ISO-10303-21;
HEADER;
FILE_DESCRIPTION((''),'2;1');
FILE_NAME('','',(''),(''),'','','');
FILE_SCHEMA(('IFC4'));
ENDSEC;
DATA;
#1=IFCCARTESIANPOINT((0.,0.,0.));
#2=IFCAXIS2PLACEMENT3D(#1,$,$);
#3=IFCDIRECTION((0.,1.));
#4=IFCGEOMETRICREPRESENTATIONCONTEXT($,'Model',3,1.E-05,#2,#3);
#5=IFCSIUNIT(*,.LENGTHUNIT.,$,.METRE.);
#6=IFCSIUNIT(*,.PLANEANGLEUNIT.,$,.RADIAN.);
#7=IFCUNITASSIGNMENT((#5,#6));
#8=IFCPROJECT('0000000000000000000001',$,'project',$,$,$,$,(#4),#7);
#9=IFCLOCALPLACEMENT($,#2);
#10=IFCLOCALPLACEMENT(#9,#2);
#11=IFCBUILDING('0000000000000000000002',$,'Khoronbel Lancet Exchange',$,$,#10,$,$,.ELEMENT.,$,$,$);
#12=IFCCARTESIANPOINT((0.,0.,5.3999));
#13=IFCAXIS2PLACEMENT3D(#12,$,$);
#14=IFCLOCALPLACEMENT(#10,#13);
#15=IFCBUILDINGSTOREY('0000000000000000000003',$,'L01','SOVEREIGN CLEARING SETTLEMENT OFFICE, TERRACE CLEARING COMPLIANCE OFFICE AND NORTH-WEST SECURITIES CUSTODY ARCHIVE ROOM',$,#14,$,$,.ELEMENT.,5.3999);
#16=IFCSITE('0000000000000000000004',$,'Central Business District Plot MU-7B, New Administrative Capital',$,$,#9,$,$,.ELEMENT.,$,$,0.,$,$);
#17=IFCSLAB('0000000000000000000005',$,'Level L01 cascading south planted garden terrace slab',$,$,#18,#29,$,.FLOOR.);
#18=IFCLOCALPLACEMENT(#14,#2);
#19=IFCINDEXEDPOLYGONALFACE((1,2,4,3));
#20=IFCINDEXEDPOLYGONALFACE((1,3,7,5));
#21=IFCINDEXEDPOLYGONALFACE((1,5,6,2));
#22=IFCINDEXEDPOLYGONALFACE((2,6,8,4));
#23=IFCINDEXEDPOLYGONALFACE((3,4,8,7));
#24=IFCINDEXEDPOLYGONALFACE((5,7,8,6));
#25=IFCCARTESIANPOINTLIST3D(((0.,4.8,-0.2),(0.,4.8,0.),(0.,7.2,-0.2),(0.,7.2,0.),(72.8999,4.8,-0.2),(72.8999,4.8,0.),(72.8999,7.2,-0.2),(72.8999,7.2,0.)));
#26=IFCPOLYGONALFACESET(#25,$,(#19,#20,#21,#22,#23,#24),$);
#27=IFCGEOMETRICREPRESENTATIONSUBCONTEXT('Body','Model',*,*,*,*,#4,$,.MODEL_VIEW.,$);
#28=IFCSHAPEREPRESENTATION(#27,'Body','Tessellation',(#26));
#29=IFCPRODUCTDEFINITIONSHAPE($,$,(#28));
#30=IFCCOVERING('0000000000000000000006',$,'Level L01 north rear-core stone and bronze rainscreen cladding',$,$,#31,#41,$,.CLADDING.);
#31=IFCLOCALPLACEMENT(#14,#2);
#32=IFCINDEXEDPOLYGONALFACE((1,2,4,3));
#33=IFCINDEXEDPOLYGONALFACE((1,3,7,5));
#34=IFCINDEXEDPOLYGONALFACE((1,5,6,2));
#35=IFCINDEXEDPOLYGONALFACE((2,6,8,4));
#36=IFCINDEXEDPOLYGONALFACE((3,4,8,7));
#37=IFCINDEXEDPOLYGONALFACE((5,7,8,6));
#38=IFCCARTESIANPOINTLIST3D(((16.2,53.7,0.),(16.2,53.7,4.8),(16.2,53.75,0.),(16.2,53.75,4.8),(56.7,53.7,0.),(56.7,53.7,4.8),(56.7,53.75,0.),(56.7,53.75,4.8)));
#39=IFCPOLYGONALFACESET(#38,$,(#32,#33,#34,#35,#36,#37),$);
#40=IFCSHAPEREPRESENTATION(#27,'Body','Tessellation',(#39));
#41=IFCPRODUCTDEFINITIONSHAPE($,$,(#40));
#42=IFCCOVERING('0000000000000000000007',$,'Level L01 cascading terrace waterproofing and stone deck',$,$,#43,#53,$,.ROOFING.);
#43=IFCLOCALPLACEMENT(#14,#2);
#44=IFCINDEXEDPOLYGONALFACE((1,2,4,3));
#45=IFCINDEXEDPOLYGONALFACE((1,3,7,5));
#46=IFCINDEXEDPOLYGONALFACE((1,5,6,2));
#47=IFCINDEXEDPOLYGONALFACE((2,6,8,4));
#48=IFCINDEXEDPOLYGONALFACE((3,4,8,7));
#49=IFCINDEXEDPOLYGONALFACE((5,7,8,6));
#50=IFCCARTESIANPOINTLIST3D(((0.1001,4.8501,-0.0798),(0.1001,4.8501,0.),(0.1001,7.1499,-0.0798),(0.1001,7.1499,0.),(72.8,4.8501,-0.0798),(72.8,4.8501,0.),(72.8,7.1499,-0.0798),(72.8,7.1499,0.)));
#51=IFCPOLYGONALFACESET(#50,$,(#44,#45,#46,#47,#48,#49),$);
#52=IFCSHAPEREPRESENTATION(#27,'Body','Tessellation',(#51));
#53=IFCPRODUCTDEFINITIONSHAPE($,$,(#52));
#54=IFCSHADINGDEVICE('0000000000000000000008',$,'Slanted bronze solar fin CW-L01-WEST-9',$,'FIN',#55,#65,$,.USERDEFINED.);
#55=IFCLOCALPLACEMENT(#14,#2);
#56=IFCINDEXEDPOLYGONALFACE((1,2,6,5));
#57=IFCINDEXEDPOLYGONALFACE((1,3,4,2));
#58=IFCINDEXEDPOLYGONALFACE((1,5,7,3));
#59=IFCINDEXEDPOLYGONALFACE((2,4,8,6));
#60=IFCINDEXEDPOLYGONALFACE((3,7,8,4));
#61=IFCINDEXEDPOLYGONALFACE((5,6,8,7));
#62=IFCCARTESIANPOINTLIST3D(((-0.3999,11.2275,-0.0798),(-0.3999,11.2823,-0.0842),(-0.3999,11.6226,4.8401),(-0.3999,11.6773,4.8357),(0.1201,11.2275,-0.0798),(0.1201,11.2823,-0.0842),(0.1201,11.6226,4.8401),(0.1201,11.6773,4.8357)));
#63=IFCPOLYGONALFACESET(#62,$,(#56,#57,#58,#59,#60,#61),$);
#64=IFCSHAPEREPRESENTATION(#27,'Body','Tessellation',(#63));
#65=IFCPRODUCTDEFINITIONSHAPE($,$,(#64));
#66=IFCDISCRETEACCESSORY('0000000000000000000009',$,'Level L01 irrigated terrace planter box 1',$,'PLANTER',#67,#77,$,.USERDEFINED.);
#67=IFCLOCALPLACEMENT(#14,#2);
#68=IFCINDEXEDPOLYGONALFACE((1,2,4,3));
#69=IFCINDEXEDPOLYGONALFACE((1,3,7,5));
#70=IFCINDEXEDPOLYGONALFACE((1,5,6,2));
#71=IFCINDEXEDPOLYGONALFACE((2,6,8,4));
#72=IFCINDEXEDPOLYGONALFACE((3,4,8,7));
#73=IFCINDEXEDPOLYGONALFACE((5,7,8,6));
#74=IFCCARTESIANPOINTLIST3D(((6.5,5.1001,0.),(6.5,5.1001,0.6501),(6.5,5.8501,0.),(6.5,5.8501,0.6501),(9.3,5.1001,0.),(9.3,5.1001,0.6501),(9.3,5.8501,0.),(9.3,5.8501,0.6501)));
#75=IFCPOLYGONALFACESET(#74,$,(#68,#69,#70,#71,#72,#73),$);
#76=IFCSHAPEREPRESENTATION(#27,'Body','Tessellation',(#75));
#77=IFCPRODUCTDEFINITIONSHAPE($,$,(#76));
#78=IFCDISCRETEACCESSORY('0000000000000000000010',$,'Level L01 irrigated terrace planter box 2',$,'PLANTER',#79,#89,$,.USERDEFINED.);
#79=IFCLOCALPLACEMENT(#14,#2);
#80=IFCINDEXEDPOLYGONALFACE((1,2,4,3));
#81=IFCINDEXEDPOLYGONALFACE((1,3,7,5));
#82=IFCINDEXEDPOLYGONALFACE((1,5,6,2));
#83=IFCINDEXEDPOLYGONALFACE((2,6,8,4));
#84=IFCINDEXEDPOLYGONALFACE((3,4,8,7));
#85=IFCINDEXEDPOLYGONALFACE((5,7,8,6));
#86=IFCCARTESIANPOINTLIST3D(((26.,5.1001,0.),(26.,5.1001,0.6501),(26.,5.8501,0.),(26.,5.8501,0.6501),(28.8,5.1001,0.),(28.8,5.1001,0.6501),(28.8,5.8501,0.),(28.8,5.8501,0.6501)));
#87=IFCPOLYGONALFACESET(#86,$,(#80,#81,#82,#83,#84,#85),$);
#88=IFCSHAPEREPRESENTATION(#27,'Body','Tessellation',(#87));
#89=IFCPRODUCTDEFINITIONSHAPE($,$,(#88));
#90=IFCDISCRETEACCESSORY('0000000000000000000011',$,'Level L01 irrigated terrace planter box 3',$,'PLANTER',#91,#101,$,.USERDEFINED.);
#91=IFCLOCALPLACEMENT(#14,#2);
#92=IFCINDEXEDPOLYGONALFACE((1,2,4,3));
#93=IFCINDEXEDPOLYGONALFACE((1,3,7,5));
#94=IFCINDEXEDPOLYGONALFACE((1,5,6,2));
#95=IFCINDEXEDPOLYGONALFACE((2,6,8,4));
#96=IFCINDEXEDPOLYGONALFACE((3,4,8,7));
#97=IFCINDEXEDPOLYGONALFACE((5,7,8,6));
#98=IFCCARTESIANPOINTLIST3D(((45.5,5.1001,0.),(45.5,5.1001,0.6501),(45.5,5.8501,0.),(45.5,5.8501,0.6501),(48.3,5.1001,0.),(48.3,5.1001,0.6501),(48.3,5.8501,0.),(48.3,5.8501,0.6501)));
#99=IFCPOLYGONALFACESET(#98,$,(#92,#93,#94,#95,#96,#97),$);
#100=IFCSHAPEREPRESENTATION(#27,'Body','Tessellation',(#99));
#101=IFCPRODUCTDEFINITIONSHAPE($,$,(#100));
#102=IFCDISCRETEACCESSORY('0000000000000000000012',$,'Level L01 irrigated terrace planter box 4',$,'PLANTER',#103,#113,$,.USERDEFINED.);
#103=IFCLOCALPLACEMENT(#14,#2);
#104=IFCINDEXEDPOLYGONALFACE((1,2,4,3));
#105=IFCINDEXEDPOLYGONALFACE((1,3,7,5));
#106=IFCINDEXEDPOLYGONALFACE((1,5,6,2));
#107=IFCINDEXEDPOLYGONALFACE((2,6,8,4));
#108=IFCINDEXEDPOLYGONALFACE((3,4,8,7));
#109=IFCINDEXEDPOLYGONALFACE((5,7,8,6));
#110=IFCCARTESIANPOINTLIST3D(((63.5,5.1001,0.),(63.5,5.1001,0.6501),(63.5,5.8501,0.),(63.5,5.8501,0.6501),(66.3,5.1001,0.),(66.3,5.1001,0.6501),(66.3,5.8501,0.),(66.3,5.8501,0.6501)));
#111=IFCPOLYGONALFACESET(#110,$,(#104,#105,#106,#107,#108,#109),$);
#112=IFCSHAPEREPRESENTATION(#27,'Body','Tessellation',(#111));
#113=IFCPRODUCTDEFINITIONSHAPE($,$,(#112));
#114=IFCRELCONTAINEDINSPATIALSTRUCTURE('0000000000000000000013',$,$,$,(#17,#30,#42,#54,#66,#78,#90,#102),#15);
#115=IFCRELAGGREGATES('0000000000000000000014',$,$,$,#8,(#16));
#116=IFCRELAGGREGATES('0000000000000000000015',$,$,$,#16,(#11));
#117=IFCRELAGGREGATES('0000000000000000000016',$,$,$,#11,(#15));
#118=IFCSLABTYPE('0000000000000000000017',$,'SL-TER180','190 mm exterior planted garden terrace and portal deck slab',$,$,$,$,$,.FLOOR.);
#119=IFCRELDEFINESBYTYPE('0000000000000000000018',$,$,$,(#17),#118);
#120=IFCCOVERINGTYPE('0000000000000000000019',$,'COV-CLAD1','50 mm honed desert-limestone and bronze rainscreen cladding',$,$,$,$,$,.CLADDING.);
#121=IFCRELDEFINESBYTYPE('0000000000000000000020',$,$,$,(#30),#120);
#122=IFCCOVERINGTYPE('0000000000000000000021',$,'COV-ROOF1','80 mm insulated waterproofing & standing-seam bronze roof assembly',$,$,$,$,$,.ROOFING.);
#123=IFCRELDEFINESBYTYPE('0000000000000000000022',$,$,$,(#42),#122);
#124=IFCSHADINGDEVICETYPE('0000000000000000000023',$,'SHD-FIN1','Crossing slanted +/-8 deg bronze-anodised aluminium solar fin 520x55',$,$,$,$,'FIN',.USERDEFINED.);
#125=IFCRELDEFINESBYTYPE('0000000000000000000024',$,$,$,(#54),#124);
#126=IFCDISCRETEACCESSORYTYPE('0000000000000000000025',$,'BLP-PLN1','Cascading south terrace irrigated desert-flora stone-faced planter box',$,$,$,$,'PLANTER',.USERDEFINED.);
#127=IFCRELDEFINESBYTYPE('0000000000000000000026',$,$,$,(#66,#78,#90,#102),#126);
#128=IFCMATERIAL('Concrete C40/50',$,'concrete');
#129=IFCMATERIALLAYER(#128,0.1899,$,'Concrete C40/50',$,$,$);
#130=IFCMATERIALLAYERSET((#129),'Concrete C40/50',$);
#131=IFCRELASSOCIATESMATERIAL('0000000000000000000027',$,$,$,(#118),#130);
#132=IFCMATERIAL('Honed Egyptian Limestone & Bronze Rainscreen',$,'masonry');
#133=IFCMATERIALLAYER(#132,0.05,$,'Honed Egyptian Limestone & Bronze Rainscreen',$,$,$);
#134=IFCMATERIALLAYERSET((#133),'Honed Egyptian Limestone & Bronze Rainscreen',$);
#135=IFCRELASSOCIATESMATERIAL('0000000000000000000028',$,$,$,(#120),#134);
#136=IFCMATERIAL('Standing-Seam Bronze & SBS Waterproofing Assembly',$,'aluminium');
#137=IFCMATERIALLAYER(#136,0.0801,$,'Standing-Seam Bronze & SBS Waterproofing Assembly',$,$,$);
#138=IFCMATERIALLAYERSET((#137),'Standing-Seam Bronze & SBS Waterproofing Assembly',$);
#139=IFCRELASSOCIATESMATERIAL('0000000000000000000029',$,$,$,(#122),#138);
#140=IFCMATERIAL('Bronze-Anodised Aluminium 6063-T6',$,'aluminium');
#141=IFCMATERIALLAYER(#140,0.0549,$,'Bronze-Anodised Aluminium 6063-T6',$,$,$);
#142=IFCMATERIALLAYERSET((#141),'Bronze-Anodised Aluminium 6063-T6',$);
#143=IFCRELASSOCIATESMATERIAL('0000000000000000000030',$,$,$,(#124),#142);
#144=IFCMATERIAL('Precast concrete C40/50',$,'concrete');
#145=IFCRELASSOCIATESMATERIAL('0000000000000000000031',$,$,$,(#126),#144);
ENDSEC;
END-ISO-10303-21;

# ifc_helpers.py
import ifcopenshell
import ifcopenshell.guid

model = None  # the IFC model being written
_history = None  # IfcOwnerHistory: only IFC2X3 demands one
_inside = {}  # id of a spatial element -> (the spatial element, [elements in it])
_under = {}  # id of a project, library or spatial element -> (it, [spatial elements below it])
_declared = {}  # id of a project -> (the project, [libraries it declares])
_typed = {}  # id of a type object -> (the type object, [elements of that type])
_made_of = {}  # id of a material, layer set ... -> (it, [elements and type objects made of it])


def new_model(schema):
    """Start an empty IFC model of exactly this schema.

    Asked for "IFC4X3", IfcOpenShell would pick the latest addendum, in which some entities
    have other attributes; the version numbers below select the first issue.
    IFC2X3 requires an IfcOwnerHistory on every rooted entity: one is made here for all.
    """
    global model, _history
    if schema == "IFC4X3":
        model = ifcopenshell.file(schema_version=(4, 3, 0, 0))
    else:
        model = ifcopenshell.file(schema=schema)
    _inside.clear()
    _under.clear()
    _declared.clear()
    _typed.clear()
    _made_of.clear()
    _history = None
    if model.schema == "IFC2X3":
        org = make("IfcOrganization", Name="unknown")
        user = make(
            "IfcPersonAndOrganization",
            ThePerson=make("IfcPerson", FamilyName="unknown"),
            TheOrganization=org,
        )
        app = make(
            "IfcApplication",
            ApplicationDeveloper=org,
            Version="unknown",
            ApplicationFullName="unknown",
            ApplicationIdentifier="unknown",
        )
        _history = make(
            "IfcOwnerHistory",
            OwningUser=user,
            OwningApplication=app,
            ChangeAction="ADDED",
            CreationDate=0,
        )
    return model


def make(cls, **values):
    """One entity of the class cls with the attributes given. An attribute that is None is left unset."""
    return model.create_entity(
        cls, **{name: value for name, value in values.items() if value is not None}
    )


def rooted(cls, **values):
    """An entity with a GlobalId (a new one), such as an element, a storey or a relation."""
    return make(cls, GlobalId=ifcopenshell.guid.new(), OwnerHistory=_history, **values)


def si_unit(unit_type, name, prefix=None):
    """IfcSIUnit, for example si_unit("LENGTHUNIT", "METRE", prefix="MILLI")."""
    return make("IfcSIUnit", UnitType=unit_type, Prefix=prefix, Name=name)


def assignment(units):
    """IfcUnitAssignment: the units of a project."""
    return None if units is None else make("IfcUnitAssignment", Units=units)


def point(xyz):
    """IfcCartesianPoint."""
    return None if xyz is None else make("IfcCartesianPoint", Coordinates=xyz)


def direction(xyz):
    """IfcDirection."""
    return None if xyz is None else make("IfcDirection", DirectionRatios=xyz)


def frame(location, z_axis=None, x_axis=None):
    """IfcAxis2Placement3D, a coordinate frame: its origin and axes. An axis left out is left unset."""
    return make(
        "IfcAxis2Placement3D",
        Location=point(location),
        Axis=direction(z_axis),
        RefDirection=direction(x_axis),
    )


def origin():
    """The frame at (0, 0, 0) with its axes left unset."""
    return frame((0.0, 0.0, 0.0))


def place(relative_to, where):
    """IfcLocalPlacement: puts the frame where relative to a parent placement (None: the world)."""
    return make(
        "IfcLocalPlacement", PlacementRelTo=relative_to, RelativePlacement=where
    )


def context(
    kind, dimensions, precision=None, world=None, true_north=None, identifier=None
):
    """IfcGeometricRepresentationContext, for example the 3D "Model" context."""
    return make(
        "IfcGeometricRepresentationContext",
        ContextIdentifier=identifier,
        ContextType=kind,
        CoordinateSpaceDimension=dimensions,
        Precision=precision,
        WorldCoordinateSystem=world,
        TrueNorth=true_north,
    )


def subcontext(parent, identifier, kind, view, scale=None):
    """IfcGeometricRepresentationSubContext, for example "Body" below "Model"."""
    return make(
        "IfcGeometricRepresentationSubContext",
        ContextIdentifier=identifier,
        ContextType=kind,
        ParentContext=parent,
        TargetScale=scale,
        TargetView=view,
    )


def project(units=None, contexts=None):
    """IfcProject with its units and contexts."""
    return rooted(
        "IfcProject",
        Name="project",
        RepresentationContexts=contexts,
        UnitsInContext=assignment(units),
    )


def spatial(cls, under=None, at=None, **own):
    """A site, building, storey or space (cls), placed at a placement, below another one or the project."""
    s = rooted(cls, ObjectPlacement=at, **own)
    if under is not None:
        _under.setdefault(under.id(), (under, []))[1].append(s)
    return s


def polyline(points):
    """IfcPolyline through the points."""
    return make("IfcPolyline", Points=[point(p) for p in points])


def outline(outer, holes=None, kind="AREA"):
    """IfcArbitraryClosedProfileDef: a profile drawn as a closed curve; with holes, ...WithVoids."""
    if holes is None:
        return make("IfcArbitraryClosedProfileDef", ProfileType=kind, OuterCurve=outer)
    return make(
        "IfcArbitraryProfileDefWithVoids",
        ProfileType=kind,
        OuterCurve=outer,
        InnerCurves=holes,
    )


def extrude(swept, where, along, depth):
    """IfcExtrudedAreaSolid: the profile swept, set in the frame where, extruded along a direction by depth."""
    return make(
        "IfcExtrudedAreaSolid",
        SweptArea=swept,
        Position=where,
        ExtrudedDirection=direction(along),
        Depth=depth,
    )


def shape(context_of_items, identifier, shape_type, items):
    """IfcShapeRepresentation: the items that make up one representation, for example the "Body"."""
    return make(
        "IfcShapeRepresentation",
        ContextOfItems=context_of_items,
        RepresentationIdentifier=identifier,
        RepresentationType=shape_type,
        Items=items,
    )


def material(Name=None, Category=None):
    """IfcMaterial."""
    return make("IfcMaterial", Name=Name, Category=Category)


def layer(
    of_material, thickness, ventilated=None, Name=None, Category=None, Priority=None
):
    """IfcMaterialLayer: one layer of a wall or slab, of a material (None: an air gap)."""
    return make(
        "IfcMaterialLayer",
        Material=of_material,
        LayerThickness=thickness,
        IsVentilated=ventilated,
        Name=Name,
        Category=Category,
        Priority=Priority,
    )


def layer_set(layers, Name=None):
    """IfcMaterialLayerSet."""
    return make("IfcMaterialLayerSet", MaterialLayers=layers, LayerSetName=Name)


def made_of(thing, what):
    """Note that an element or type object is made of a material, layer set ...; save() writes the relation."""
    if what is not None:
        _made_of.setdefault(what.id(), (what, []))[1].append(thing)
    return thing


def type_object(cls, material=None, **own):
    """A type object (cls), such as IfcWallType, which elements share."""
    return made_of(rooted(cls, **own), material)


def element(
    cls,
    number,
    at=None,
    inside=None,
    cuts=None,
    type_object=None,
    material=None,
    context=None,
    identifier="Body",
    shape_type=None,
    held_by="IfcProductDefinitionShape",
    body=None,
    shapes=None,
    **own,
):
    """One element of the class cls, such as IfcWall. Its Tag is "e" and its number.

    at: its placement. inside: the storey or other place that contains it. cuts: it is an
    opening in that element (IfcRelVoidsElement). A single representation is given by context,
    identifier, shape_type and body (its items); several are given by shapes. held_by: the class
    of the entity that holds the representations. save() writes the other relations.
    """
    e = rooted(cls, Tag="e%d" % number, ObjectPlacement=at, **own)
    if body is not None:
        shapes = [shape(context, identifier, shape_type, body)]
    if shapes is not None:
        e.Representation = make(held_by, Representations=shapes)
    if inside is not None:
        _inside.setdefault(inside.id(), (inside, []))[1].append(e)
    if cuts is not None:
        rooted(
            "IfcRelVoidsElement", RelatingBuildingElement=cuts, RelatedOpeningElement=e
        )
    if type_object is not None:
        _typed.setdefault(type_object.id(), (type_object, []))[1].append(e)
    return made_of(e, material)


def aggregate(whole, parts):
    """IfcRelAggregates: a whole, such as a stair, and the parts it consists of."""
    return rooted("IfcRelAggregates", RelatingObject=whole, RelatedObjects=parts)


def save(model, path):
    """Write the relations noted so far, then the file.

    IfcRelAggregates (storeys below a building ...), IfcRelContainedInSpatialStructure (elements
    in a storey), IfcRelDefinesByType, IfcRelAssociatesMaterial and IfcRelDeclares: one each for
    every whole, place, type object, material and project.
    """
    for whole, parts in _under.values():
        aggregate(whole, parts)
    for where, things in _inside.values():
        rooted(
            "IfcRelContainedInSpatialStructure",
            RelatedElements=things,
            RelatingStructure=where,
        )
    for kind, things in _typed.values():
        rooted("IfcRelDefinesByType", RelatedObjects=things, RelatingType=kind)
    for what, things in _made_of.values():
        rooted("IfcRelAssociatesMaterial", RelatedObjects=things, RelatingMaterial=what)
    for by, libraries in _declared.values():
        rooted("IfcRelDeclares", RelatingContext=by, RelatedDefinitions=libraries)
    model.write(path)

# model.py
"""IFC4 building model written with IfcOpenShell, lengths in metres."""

from ifc_helpers import new_model, si_unit, direction, frame, origin, place, context, subcontext, project, spatial, polyline, outline, extrude, material, layer, layer_set, type_object, element, save


model = new_model("IFC4")

# Units and contexts
model_context = context("Model", 3, precision=1e-05, world=origin(), true_north=direction((0.0, 1.0)))
body_context = subcontext(model_context, "Body", "Model", "MODEL_VIEW")
ifc_project = project(units=[si_unit("LENGTHUNIT", "METRE"), si_unit("PLANEANGLEUNIT", "RADIAN")], contexts=[model_context])

# Site, building, storey
site_placement = place(None, origin())
site = spatial("IfcSite", under=ifc_project, at=site_placement, Name="Central Business District Plot MU-7B, New Administrative Capital", CompositionType="ELEMENT", RefElevation=0.0)
building_placement = place(site_placement, origin())
building = spatial("IfcBuilding", under=site, at=building_placement, Name="Khoronbel Lancet Exchange", CompositionType="ELEMENT")
storey_placement = place(building_placement, frame((0.0, 0.0, 5.3999)))
storey = spatial("IfcBuildingStorey", under=building, at=storey_placement, Name="L01", Description="SOVEREIGN CLEARING SETTLEMENT OFFICE, TERRACE CLEARING COMPLIANCE OFFICE AND NORTH-WEST SECURITIES CUSTODY ARCHIVE ROOM", CompositionType="ELEMENT", Elevation=5.3999)

# Shared definitions
ifc_material_1 = material(Name="Bronze-Anodised Aluminium 6063-T6", Category="aluminium")

# Shared definitions
ifc_material_2 = material(Name="Concrete C40/50", Category="concrete")

# Slab
ifc_layer_1 = layer(ifc_material_2, 0.1899, Name="Concrete C40/50")
ifc_layer_set_1 = layer_set([ifc_layer_1], Name="Concrete C40/50")
slab_type_1 = type_object("IfcSlabType", Name="SL-TER180", Description="190 mm exterior planted garden terrace and portal deck slab", PredefinedType="FLOOR", material=ifc_layer_set_1)
slab_1_placement = place(storey_placement, frame((0.0, 0.0, -0.2)))
element("IfcSlab", 1, at=slab_1_placement, inside=storey, type_object=slab_type_1, Name="Level L01 cascading south planted garden terrace slab", PredefinedType="FLOOR", context=body_context, shape_type="SweptSolid", body=[
    extrude(outline(polyline([(0.0, 4.8), (72.8999, 4.8), (72.8999, 7.2), (0.0, 7.2), (0.0, 4.8)])), origin(), (0.0, 0.0, 1.0), 0.2),
])

# Coverings
ifc_material_3 = material(Name="Honed Egyptian Limestone & Bronze Rainscreen", Category="masonry")
ifc_layer_2 = layer(ifc_material_3, 0.05, Name="Honed Egyptian Limestone & Bronze Rainscreen")
ifc_layer_set_2 = layer_set([ifc_layer_2], Name="Honed Egyptian Limestone & Bronze Rainscreen")
covering_type_1 = type_object("IfcCoveringType", Name="COV-CLAD1", Description="50 mm honed desert-limestone and bronze rainscreen cladding", PredefinedType="CLADDING", material=ifc_layer_set_2)
covering_1_placement = place(storey_placement, origin())
element("IfcCovering", 2, at=covering_1_placement, inside=storey, type_object=covering_type_1, Name="Level L01 north rear-core stone and bronze rainscreen cladding", PredefinedType="CLADDING", context=body_context, shape_type="SweptSolid", body=[
    extrude(outline(polyline([(16.2, 53.7), (56.7, 53.7), (56.7, 53.75), (16.2, 53.75), (16.2, 53.7)])), origin(), (0.0, 0.0, 1.0), 4.8),
])
ifc_material_4 = material(Name="Standing-Seam Bronze & SBS Waterproofing Assembly", Category="aluminium")
ifc_layer_3 = layer(ifc_material_4, 0.0801, Name="Standing-Seam Bronze & SBS Waterproofing Assembly")
ifc_layer_set_3 = layer_set([ifc_layer_3], Name="Standing-Seam Bronze & SBS Waterproofing Assembly")
covering_type_2 = type_object("IfcCoveringType", Name="COV-ROOF1", Description="80 mm insulated waterproofing & standing-seam bronze roof assembly", PredefinedType="ROOFING", material=ifc_layer_set_3)
covering_2_placement = place(storey_placement, frame((0.0, 0.0, -0.0798)))
element("IfcCovering", 3, at=covering_2_placement, inside=storey, type_object=covering_type_2, Name="Level L01 cascading terrace waterproofing and stone deck", PredefinedType="ROOFING", context=body_context, shape_type="SweptSolid", body=[
    extrude(outline(polyline([(0.1001, 4.8501), (72.8, 4.8501), (72.8, 7.1499), (0.1001, 7.1499), (0.1001, 4.8501)])), origin(), (0.0, 0.0, 1.0), 0.0798),
])

# Shading device
ifc_layer_4 = layer(ifc_material_1, 0.0549, Name="Bronze-Anodised Aluminium 6063-T6")
ifc_layer_set_4 = layer_set([ifc_layer_4], Name="Bronze-Anodised Aluminium 6063-T6")
shading_device_type = type_object("IfcShadingDeviceType", Name="SHD-FIN1", Description="Crossing slanted +/-8 deg bronze-anodised aluminium solar fin 520x55", ElementType="FIN", PredefinedType="USERDEFINED", material=ifc_layer_set_4)
shading_device_placement = place(storey_placement, frame((0.1201, 11.2275, -0.0798), z_axis=(0.0, -0.996792, 0.080032), x_axis=(-1.0, 0.0, 0.0)))
element("IfcShadingDevice", 4, at=shading_device_placement, inside=storey, type_object=shading_device_type, Name="Slanted bronze solar fin CW-L01-WEST-9", ObjectType="FIN", PredefinedType="USERDEFINED", context=body_context, shape_type="SweptSolid", body=[
    extrude(outline(polyline([(0.0, 0.0), (0.52, 0.0), (0.52, -4.9358), (0.0, -4.9358), (0.0, 0.0)])), origin(), (0.0, 0.0, -1.0), 0.0549),
])

# Discrete accessories
ifc_material_5 = material(Name="Precast concrete C40/50", Category="concrete")
discrete_accessory_type = type_object("IfcDiscreteAccessoryType", Name="BLP-PLN1", Description="Cascading south terrace irrigated desert-flora stone-faced planter box", ElementType="PLANTER", PredefinedType="USERDEFINED", material=ifc_material_5)
discrete_accessory_1_placement = place(storey_placement, origin())
element("IfcDiscreteAccessory", 5, at=discrete_accessory_1_placement, inside=storey, type_object=discrete_accessory_type, Name="Level L01 irrigated terrace planter box 1", ObjectType="PLANTER", PredefinedType="USERDEFINED", context=body_context, shape_type="SweptSolid", body=[
    extrude(outline(polyline([(6.5, 5.1001), (9.3, 5.1001), (9.3, 5.8501), (6.5, 5.8501), (6.5, 5.1001)])), origin(), (0.0, 0.0, 1.0), 0.6501),
])
discrete_accessory_2_placement = place(storey_placement, origin())
element("IfcDiscreteAccessory", 6, at=discrete_accessory_2_placement, inside=storey, type_object=discrete_accessory_type, Name="Level L01 irrigated terrace planter box 2", ObjectType="PLANTER", PredefinedType="USERDEFINED", context=body_context, shape_type="SweptSolid", body=[
    extrude(outline(polyline([(26.0, 5.1001), (28.8, 5.1001), (28.8, 5.8501), (26.0, 5.8501), (26.0, 5.1001)])), origin(), (0.0, 0.0, 1.0), 0.6501),
])
discrete_accessory_3_placement = place(storey_placement, origin())
element("IfcDiscreteAccessory", 7, at=discrete_accessory_3_placement, inside=storey, type_object=discrete_accessory_type, Name="Level L01 irrigated terrace planter box 3", ObjectType="PLANTER", PredefinedType="USERDEFINED", context=body_context, shape_type="SweptSolid", body=[
    extrude(outline(polyline([(45.5, 5.1001), (48.3, 5.1001), (48.3, 5.8501), (45.5, 5.8501), (45.5, 5.1001)])), origin(), (0.0, 0.0, 1.0), 0.6501),
])
discrete_accessory_4_placement = place(storey_placement, origin())
element("IfcDiscreteAccessory", 8, at=discrete_accessory_4_placement, inside=storey, type_object=discrete_accessory_type, Name="Level L01 irrigated terrace planter box 4", ObjectType="PLANTER", PredefinedType="USERDEFINED", context=body_context, shape_type="SweptSolid", body=[
    extrude(outline(polyline([(63.5, 5.1001), (66.3, 5.1001), (66.3, 5.8501), (63.5, 5.8501), (63.5, 5.1001)])), origin(), (0.0, 0.0, 1.0), 0.6501),
])

save(model, "model.ifc")
